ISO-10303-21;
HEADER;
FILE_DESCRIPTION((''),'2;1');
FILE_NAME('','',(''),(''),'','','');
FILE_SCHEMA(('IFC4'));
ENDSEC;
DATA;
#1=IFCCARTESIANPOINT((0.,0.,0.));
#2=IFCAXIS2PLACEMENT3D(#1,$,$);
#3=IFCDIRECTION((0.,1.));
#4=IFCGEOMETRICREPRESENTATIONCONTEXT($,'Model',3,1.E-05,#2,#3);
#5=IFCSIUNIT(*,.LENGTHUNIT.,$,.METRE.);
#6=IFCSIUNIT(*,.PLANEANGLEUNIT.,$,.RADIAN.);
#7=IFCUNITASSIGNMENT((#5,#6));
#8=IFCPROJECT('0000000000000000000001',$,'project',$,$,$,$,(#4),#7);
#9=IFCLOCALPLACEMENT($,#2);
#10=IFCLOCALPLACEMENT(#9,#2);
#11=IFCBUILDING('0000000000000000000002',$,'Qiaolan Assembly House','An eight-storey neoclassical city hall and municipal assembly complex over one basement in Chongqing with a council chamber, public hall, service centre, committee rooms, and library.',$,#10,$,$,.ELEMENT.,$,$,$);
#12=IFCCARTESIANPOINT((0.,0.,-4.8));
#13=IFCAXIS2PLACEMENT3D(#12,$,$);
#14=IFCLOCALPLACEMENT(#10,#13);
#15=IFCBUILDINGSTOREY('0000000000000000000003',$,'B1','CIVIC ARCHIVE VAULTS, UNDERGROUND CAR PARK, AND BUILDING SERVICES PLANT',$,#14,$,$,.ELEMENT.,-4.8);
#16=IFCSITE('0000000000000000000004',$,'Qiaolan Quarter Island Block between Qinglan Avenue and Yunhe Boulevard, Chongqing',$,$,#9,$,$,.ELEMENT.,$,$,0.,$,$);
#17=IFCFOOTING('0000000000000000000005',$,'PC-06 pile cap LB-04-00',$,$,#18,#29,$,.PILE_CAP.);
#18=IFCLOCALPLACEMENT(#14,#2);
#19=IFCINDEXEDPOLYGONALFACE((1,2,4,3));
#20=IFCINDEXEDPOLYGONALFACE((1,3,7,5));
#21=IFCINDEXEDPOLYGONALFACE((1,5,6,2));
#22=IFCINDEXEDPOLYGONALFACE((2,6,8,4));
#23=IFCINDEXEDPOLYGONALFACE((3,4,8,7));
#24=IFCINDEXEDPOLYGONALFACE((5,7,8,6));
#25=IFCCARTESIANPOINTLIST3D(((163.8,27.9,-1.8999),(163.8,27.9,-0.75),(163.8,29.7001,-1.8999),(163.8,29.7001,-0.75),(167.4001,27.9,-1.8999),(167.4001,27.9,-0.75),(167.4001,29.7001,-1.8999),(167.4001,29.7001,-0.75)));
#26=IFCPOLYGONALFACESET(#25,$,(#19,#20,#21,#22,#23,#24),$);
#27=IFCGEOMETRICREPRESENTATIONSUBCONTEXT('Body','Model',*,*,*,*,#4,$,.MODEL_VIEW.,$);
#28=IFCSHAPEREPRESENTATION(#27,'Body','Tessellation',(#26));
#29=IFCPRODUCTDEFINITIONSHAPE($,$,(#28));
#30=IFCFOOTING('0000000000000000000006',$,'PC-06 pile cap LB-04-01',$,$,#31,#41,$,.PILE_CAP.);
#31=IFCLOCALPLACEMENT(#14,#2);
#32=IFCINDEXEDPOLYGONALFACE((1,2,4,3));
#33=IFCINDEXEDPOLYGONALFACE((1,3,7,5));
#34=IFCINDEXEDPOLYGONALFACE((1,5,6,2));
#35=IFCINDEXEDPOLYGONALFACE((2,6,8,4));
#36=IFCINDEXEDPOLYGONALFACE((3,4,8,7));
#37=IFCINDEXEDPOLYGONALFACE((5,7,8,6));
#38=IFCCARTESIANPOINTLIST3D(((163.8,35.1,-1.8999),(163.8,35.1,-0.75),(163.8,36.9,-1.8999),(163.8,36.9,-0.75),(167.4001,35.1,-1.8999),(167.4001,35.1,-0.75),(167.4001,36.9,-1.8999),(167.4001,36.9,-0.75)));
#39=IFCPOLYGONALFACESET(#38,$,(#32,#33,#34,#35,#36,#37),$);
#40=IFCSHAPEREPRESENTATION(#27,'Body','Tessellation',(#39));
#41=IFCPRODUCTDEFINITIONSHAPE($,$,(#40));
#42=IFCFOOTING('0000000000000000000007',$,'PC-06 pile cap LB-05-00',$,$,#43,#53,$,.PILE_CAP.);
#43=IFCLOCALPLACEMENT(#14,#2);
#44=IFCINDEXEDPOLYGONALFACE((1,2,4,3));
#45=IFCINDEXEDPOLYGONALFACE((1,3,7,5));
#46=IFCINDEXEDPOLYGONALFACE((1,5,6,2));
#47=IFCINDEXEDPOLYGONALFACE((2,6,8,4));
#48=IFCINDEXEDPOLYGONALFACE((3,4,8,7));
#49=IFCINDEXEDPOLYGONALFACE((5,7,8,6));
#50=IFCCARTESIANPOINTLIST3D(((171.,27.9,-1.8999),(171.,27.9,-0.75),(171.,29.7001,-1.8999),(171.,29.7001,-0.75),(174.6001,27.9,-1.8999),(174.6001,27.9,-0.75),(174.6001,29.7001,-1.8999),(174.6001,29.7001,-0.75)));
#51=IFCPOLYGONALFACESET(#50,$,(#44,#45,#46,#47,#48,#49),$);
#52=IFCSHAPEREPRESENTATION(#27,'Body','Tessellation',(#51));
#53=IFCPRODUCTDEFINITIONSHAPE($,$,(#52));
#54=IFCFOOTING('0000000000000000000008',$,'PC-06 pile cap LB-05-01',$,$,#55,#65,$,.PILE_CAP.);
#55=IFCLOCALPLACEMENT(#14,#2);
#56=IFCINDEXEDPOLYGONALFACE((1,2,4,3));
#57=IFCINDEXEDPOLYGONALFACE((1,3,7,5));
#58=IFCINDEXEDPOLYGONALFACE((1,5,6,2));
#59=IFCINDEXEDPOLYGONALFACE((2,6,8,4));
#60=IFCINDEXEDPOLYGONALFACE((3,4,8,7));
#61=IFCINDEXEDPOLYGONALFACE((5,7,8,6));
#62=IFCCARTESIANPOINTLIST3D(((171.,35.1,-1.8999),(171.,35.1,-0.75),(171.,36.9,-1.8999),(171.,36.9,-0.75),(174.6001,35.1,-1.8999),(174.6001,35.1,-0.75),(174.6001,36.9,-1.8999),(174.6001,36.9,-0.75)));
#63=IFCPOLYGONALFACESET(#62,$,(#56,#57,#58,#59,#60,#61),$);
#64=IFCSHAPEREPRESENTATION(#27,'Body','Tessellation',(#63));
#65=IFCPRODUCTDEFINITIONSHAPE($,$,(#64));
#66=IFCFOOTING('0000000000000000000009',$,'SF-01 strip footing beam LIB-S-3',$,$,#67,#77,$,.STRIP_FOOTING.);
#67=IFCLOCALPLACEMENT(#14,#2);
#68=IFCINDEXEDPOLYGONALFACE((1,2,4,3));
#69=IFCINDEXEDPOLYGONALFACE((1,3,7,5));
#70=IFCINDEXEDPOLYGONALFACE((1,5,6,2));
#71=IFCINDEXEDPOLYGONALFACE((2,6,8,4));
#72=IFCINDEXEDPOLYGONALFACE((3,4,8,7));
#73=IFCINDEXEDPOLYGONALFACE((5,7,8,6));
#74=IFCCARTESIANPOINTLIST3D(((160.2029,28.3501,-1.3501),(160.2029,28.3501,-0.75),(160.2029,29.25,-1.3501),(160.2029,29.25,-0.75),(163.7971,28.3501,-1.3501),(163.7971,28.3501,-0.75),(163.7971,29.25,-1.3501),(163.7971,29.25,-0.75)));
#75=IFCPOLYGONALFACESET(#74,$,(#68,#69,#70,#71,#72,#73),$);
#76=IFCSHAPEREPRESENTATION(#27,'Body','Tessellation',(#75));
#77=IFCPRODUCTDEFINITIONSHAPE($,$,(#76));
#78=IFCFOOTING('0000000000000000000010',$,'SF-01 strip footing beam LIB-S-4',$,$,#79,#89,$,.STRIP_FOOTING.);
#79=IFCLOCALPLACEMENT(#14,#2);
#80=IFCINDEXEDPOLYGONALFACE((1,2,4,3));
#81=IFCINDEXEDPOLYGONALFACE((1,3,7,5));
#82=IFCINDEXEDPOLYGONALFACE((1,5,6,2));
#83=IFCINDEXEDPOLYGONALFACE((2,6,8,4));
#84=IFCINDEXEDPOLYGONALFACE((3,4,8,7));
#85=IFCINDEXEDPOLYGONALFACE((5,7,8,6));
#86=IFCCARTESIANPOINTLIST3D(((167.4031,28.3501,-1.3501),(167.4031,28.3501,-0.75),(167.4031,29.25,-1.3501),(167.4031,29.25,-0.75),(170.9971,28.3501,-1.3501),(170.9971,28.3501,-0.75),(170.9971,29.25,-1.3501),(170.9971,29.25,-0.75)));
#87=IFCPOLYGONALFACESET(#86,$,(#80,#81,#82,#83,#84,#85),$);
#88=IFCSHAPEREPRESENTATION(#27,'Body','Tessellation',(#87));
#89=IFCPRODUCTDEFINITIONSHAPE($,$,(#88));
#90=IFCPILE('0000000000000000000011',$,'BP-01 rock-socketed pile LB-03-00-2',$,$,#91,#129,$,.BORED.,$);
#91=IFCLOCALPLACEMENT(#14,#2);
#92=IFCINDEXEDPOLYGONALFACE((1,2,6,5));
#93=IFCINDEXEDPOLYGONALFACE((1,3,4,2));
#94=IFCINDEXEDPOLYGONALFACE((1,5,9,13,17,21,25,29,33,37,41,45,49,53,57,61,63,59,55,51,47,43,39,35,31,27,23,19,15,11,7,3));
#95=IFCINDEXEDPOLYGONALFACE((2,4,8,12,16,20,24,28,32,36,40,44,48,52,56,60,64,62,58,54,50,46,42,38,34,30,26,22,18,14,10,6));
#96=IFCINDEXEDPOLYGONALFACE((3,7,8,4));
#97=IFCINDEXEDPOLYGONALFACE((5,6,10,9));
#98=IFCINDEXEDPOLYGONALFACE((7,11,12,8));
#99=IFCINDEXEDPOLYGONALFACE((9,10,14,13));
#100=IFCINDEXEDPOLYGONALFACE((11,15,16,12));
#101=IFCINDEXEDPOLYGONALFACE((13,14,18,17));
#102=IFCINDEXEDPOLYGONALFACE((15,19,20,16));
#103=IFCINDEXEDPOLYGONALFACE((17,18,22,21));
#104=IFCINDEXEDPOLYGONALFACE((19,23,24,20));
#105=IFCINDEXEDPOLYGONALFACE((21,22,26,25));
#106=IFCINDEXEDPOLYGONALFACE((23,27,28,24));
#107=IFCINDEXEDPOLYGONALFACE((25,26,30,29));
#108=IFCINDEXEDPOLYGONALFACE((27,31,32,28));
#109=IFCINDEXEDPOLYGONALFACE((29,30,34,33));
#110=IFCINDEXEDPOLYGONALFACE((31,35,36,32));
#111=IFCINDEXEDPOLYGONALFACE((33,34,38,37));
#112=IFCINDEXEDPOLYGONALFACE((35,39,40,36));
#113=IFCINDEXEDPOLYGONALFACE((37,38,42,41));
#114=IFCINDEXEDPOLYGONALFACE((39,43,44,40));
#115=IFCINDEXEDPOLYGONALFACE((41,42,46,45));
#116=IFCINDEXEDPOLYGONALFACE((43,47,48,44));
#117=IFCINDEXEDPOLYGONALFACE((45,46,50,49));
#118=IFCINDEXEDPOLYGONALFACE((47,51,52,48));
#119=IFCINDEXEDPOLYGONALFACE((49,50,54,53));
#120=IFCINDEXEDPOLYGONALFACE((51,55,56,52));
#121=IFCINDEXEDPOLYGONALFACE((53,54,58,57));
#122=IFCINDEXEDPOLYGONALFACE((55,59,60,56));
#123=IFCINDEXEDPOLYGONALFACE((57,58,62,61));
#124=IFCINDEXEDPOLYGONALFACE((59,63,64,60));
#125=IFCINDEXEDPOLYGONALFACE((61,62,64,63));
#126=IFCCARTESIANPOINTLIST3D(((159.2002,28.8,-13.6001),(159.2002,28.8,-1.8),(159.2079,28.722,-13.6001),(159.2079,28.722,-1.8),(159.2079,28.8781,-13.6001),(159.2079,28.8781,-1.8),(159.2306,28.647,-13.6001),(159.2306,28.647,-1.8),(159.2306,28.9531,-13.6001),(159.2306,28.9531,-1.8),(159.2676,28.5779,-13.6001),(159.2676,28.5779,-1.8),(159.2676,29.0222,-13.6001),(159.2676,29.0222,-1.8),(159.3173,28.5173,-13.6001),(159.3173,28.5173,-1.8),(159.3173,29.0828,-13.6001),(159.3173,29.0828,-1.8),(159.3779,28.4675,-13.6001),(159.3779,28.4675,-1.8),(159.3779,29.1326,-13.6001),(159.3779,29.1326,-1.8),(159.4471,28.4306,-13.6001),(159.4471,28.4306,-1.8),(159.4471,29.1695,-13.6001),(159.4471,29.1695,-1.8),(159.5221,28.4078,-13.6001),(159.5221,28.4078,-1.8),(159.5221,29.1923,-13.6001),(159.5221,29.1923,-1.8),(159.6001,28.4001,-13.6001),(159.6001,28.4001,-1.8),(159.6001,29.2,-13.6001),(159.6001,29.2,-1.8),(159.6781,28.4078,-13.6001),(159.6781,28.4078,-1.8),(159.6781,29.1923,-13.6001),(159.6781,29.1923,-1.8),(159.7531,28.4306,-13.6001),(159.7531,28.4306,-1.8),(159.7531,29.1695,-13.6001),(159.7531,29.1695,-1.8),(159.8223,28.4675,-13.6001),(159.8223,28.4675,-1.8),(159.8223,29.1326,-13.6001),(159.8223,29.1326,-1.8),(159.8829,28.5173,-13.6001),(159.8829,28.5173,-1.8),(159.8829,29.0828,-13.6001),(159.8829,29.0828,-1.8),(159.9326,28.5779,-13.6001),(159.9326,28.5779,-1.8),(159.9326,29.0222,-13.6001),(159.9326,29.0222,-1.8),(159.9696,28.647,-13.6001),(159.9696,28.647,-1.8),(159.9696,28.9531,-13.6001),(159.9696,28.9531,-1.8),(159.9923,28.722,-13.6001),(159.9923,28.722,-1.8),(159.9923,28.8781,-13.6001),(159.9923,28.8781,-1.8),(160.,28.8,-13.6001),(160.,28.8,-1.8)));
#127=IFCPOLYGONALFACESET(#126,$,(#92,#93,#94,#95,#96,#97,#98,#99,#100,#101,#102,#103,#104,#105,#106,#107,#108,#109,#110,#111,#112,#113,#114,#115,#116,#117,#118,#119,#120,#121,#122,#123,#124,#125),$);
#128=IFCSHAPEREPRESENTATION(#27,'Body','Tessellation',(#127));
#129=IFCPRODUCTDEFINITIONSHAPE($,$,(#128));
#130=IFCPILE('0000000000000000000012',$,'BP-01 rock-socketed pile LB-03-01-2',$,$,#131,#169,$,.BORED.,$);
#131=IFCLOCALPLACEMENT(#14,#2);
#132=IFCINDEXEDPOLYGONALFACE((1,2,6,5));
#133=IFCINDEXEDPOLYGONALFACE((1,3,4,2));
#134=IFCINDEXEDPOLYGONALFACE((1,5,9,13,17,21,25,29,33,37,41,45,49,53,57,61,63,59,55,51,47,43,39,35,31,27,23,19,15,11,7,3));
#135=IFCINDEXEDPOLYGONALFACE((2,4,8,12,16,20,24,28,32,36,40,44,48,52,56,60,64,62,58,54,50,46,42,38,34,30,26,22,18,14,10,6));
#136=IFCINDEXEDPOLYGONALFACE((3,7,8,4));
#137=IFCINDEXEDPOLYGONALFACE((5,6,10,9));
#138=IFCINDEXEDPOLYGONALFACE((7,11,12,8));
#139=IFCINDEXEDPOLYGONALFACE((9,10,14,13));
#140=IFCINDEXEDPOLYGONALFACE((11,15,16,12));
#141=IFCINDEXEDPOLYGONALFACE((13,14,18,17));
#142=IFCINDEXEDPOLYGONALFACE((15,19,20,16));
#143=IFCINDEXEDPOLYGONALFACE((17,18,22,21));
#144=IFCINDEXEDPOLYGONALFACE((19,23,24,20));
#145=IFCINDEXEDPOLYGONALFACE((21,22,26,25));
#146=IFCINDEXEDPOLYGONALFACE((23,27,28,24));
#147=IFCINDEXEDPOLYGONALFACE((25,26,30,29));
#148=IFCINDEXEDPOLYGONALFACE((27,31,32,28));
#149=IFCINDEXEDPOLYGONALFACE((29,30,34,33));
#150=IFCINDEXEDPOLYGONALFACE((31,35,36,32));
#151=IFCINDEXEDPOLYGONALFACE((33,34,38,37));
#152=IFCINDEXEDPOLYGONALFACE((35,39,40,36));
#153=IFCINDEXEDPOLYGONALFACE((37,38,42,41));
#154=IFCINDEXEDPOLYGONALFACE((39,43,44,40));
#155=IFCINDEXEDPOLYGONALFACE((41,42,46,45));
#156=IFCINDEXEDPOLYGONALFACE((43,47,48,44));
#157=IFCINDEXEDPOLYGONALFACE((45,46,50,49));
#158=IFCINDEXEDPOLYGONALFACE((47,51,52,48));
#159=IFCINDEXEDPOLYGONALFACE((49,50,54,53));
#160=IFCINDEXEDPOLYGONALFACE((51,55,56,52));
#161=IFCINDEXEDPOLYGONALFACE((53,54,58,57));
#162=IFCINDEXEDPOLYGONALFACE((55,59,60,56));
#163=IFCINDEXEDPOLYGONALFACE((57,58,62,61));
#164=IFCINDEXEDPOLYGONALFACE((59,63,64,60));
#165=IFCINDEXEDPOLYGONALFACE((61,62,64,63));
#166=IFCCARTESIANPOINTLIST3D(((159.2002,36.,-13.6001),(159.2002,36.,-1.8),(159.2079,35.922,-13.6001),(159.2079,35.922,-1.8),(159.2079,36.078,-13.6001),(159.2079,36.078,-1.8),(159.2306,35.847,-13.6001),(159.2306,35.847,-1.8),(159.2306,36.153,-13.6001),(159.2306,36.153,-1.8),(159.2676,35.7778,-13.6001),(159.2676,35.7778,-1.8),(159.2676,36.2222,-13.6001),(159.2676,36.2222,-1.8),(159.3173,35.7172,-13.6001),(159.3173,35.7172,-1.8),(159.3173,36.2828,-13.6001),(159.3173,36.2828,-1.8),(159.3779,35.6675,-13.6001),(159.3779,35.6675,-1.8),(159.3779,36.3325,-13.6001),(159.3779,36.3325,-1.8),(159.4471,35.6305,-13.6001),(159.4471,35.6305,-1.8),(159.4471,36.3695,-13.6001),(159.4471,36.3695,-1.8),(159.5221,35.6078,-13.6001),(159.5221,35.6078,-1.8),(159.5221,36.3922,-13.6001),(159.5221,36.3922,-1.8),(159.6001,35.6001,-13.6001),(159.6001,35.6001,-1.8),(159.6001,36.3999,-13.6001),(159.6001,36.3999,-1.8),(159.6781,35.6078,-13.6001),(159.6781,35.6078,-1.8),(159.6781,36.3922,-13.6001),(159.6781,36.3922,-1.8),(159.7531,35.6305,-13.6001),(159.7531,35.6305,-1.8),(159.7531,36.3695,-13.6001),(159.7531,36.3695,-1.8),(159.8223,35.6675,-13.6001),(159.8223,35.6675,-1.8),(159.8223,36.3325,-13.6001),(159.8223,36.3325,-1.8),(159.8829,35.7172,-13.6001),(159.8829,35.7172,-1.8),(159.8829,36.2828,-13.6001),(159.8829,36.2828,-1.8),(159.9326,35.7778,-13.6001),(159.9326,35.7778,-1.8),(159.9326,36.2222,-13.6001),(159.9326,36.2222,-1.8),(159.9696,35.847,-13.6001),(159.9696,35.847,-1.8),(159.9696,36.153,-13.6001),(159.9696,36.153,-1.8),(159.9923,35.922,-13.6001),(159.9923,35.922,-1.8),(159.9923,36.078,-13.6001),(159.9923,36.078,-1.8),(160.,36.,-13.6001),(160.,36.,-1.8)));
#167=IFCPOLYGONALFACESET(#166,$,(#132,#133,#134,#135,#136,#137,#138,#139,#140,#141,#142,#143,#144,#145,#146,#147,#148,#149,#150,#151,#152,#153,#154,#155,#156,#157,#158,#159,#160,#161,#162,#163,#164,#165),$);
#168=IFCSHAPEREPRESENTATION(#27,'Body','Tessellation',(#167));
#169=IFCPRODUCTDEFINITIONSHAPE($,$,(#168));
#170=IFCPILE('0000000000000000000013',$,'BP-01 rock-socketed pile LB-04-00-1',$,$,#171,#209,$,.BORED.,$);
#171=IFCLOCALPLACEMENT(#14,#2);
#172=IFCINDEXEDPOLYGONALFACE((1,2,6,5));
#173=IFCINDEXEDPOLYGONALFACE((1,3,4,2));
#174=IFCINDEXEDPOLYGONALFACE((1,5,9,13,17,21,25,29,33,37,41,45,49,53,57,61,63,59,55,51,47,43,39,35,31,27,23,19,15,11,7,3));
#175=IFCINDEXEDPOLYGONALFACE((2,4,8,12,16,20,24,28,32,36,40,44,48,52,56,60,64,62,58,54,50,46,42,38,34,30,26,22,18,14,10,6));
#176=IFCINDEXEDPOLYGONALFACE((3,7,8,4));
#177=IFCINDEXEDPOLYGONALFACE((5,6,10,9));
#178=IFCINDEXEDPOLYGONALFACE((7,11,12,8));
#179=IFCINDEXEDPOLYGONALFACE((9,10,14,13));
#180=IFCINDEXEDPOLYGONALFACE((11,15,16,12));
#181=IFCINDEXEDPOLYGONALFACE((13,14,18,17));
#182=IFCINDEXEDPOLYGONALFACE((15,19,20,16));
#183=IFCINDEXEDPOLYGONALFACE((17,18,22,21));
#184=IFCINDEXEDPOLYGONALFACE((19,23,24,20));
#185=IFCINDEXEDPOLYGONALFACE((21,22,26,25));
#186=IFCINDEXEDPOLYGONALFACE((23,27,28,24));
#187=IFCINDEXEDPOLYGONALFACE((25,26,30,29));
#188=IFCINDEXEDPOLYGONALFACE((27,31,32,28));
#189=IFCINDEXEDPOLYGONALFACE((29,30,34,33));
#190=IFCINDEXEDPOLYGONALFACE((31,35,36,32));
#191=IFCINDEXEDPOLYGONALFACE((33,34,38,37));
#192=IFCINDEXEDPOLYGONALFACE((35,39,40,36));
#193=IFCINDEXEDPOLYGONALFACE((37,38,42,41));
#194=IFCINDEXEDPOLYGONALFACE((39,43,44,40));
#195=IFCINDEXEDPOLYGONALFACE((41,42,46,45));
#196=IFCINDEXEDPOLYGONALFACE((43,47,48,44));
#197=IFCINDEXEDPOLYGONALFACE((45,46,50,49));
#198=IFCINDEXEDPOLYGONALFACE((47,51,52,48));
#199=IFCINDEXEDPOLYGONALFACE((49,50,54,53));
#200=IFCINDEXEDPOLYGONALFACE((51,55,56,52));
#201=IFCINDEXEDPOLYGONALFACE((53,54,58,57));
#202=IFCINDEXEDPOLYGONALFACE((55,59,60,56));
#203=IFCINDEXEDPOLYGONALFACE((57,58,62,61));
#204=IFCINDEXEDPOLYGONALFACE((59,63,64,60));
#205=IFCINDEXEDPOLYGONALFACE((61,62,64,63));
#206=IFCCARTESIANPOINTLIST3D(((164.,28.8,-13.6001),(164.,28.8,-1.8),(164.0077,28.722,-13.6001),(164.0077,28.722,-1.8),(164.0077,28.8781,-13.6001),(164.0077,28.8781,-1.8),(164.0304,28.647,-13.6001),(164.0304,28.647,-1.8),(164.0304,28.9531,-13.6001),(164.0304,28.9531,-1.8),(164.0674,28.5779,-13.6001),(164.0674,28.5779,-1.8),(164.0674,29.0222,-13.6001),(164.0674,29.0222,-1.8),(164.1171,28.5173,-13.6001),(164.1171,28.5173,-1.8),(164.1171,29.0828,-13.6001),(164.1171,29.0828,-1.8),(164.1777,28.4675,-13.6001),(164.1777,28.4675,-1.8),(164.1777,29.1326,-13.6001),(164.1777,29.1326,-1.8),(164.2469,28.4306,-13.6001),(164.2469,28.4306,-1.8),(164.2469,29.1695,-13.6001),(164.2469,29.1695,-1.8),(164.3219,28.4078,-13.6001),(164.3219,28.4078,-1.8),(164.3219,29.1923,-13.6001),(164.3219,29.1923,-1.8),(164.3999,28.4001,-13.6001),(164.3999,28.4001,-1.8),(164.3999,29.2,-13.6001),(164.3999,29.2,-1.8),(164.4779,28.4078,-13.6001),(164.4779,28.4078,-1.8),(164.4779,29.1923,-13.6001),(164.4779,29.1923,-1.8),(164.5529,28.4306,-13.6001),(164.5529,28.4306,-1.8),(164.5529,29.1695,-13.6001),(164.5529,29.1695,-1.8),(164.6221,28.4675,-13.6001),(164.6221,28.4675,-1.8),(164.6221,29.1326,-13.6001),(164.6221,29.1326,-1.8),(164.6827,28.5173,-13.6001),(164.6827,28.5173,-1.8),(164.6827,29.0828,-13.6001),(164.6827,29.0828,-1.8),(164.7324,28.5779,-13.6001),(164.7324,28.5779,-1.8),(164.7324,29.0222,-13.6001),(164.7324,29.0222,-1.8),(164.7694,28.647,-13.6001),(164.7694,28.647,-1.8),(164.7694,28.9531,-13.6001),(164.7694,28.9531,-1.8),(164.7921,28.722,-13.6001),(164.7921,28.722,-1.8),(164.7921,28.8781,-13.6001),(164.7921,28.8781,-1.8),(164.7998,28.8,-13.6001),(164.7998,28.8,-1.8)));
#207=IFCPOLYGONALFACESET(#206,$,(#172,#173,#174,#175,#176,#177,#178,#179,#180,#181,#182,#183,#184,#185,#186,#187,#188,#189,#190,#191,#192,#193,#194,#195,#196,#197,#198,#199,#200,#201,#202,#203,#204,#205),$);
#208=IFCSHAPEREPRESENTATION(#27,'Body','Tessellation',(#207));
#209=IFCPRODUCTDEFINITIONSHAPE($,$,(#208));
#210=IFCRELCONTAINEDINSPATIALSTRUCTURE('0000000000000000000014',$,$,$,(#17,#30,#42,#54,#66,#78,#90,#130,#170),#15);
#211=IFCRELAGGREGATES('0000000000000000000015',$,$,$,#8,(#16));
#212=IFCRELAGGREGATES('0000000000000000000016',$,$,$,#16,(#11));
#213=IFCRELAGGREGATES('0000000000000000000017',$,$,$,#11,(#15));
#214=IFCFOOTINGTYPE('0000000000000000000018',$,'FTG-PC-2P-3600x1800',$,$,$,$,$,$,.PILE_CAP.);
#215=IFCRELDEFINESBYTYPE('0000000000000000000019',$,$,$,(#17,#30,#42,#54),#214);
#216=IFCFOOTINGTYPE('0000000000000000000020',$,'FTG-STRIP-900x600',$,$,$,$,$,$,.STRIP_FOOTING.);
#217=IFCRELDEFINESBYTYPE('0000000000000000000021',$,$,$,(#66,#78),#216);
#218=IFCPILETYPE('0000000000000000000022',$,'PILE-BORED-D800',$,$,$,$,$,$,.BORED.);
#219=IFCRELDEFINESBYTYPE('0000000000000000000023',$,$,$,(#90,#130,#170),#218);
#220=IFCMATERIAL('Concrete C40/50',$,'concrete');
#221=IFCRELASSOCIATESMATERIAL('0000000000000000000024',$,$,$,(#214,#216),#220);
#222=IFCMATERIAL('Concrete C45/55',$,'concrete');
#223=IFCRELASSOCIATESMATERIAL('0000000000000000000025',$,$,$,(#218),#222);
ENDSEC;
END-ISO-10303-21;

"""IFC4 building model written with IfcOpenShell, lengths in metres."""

from ifc_helpers import new_model, si_unit, direction, frame, origin, origin_2d, place, context, subcontext, project, spatial, rectangle, circle, extrude, material, material_profile, profile_set, type_object, element, save


model = new_model("IFC4")

# Units and contexts
model_context = context("Model", 3, precision=1e-05, world=origin(), true_north=direction((0.0, 1.0)))
body_context = subcontext(model_context, "Body", "Model", "MODEL_VIEW")
ifc_project = project(units=[si_unit("LENGTHUNIT", "METRE"), si_unit("PLANEANGLEUNIT", "RADIAN")], contexts=[model_context])

# Site, building, storey
site_placement = place(None, origin())
site = spatial("IfcSite", under=ifc_project, at=site_placement, Name="Qiaolan Quarter Island Block between Qinglan Avenue and Yunhe Boulevard, Chongqing", CompositionType="ELEMENT", RefElevation=0.0)
building_placement = place(site_placement, origin())
building = spatial("IfcBuilding", under=site, at=building_placement, Name="Qiaolan Assembly House", Description="An eight-storey neoclassical city hall and municipal assembly complex over one basement in Chongqing with a council chamber, public hall, service centre, committee rooms, and library.", CompositionType="ELEMENT")
storey_placement = place(building_placement, frame((0.0, 0.0, -4.8)))
storey = spatial("IfcBuildingStorey", under=building, at=storey_placement, Name="B1", Description="CIVIC ARCHIVE VAULTS, UNDERGROUND CAR PARK, AND BUILDING SERVICES PLANT", CompositionType="ELEMENT", Elevation=-4.8)

# Footings
ifc_material_1 = material(Name="Concrete C40/50", Category="concrete")
footing_type_1 = type_object("IfcFootingType", Name="FTG-PC-2P-3600x1800", PredefinedType="PILE_CAP", material=ifc_material_1)
for number, where, z_axis, x_axis, name in (
    (1, (165.6001, 28.8, -1.8999), (0.0, 0.0, 1.0), (1.0, 0.0, 0.0), "PC-06 pile cap LB-04-00"),
    (2, (165.6001, 36.0, -1.8999), (0.0, 0.0, 1.0), (1.0, 0.0, 0.0), "PC-06 pile cap LB-04-01"),
    (3, (172.8, 28.8, -1.8999), (0.0, 0.0, 1.0), (1.0, 0.0, 0.0), "PC-06 pile cap LB-05-00"),
    (4, (172.8, 36.0, -1.8999), (0.0, 0.0, 1.0), (1.0, 0.0, 0.0), "PC-06 pile cap LB-05-01"),
):
    element("IfcFooting", number, at=place(storey_placement, frame(where, z_axis=z_axis, x_axis=x_axis)), inside=storey, type_object=footing_type_1, Name=name, PredefinedType="PILE_CAP", context=body_context, shape_type="SweptSolid", body=[
        extrude(rectangle(XDim=3.6001, YDim=1.8, at=origin_2d()), origin(), (0.0, 0.0, 1.0), 1.1499),
    ])
ifc_material_profile_1 = material_profile(ifc_material_1, rectangle(XDim=0.8999, YDim=0.6001, at=origin_2d()), Name="SF 900x600")
ifc_profile_set_1 = profile_set([ifc_material_profile_1], Name="Concrete C40/50")
footing_type_2 = type_object("IfcFootingType", Name="FTG-STRIP-900x600", PredefinedType="STRIP_FOOTING", material=ifc_profile_set_1)
footing_1_placement = place(storey_placement, frame((160.2029, 28.8, -1.05), z_axis=(1.0, 0.0, 0.0), x_axis=(0.0, 1.0, 0.0)))
element("IfcFooting", 5, at=footing_1_placement, inside=storey, type_object=footing_type_2, Name="SF-01 strip footing beam LIB-S-3", PredefinedType="STRIP_FOOTING", context=body_context, shape_type="SweptSolid", body=[
    extrude(rectangle(XDim=0.8999, YDim=0.6001, at=origin_2d()), origin(), (0.0, 0.0, 1.0), 3.5942),
])
footing_2_placement = place(storey_placement, frame((167.4031, 28.8, -1.05), z_axis=(1.0, 0.0, 0.0), x_axis=(0.0, 1.0, 0.0)))
element("IfcFooting", 6, at=footing_2_placement, inside=storey, type_object=footing_type_2, Name="SF-01 strip footing beam LIB-S-4", PredefinedType="STRIP_FOOTING", context=body_context, shape_type="SweptSolid", body=[
    extrude(rectangle(XDim=0.8999, YDim=0.6001, at=origin_2d()), origin(), (0.0, 0.0, 1.0), 3.594),
])

# Piles
ifc_material_2 = material(Name="Concrete C45/55", Category="concrete")
ifc_material_profile_2 = material_profile(ifc_material_2, circle(Radius=0.3999, at=origin_2d()), Name="PILE D800")
ifc_profile_set_2 = profile_set([ifc_material_profile_2], Name="Concrete C45/55")
pile_type = type_object("IfcPileType", Name="PILE-BORED-D800", PredefinedType="BORED", material=ifc_profile_set_2)
for number, where, z_axis, x_axis, name in (
    (7, (159.6001, 28.8, -1.8), (0.0, 0.0, -1.0), (1.0, 0.0, 0.0), "BP-01 rock-socketed pile LB-03-00-2"),
    (8, (159.6001, 36.0, -1.8), (0.0, 0.0, -1.0), (1.0, 0.0, 0.0), "BP-01 rock-socketed pile LB-03-01-2"),
    (9, (164.3999, 28.8, -1.8), (0.0, 0.0, -1.0), (1.0, 0.0, 0.0), "BP-01 rock-socketed pile LB-04-00-1"),
):
    element("IfcPile", number, at=place(storey_placement, frame(where, z_axis=z_axis, x_axis=x_axis)), inside=storey, type_object=pile_type, Name=name, PredefinedType="BORED", context=body_context, shape_type="SweptSolid", body=[
        extrude(circle(Radius=0.3999, at=origin_2d()), origin(), (0.0, 0.0, 1.0), 11.8),
    ])

save(model, "model.ifc")
